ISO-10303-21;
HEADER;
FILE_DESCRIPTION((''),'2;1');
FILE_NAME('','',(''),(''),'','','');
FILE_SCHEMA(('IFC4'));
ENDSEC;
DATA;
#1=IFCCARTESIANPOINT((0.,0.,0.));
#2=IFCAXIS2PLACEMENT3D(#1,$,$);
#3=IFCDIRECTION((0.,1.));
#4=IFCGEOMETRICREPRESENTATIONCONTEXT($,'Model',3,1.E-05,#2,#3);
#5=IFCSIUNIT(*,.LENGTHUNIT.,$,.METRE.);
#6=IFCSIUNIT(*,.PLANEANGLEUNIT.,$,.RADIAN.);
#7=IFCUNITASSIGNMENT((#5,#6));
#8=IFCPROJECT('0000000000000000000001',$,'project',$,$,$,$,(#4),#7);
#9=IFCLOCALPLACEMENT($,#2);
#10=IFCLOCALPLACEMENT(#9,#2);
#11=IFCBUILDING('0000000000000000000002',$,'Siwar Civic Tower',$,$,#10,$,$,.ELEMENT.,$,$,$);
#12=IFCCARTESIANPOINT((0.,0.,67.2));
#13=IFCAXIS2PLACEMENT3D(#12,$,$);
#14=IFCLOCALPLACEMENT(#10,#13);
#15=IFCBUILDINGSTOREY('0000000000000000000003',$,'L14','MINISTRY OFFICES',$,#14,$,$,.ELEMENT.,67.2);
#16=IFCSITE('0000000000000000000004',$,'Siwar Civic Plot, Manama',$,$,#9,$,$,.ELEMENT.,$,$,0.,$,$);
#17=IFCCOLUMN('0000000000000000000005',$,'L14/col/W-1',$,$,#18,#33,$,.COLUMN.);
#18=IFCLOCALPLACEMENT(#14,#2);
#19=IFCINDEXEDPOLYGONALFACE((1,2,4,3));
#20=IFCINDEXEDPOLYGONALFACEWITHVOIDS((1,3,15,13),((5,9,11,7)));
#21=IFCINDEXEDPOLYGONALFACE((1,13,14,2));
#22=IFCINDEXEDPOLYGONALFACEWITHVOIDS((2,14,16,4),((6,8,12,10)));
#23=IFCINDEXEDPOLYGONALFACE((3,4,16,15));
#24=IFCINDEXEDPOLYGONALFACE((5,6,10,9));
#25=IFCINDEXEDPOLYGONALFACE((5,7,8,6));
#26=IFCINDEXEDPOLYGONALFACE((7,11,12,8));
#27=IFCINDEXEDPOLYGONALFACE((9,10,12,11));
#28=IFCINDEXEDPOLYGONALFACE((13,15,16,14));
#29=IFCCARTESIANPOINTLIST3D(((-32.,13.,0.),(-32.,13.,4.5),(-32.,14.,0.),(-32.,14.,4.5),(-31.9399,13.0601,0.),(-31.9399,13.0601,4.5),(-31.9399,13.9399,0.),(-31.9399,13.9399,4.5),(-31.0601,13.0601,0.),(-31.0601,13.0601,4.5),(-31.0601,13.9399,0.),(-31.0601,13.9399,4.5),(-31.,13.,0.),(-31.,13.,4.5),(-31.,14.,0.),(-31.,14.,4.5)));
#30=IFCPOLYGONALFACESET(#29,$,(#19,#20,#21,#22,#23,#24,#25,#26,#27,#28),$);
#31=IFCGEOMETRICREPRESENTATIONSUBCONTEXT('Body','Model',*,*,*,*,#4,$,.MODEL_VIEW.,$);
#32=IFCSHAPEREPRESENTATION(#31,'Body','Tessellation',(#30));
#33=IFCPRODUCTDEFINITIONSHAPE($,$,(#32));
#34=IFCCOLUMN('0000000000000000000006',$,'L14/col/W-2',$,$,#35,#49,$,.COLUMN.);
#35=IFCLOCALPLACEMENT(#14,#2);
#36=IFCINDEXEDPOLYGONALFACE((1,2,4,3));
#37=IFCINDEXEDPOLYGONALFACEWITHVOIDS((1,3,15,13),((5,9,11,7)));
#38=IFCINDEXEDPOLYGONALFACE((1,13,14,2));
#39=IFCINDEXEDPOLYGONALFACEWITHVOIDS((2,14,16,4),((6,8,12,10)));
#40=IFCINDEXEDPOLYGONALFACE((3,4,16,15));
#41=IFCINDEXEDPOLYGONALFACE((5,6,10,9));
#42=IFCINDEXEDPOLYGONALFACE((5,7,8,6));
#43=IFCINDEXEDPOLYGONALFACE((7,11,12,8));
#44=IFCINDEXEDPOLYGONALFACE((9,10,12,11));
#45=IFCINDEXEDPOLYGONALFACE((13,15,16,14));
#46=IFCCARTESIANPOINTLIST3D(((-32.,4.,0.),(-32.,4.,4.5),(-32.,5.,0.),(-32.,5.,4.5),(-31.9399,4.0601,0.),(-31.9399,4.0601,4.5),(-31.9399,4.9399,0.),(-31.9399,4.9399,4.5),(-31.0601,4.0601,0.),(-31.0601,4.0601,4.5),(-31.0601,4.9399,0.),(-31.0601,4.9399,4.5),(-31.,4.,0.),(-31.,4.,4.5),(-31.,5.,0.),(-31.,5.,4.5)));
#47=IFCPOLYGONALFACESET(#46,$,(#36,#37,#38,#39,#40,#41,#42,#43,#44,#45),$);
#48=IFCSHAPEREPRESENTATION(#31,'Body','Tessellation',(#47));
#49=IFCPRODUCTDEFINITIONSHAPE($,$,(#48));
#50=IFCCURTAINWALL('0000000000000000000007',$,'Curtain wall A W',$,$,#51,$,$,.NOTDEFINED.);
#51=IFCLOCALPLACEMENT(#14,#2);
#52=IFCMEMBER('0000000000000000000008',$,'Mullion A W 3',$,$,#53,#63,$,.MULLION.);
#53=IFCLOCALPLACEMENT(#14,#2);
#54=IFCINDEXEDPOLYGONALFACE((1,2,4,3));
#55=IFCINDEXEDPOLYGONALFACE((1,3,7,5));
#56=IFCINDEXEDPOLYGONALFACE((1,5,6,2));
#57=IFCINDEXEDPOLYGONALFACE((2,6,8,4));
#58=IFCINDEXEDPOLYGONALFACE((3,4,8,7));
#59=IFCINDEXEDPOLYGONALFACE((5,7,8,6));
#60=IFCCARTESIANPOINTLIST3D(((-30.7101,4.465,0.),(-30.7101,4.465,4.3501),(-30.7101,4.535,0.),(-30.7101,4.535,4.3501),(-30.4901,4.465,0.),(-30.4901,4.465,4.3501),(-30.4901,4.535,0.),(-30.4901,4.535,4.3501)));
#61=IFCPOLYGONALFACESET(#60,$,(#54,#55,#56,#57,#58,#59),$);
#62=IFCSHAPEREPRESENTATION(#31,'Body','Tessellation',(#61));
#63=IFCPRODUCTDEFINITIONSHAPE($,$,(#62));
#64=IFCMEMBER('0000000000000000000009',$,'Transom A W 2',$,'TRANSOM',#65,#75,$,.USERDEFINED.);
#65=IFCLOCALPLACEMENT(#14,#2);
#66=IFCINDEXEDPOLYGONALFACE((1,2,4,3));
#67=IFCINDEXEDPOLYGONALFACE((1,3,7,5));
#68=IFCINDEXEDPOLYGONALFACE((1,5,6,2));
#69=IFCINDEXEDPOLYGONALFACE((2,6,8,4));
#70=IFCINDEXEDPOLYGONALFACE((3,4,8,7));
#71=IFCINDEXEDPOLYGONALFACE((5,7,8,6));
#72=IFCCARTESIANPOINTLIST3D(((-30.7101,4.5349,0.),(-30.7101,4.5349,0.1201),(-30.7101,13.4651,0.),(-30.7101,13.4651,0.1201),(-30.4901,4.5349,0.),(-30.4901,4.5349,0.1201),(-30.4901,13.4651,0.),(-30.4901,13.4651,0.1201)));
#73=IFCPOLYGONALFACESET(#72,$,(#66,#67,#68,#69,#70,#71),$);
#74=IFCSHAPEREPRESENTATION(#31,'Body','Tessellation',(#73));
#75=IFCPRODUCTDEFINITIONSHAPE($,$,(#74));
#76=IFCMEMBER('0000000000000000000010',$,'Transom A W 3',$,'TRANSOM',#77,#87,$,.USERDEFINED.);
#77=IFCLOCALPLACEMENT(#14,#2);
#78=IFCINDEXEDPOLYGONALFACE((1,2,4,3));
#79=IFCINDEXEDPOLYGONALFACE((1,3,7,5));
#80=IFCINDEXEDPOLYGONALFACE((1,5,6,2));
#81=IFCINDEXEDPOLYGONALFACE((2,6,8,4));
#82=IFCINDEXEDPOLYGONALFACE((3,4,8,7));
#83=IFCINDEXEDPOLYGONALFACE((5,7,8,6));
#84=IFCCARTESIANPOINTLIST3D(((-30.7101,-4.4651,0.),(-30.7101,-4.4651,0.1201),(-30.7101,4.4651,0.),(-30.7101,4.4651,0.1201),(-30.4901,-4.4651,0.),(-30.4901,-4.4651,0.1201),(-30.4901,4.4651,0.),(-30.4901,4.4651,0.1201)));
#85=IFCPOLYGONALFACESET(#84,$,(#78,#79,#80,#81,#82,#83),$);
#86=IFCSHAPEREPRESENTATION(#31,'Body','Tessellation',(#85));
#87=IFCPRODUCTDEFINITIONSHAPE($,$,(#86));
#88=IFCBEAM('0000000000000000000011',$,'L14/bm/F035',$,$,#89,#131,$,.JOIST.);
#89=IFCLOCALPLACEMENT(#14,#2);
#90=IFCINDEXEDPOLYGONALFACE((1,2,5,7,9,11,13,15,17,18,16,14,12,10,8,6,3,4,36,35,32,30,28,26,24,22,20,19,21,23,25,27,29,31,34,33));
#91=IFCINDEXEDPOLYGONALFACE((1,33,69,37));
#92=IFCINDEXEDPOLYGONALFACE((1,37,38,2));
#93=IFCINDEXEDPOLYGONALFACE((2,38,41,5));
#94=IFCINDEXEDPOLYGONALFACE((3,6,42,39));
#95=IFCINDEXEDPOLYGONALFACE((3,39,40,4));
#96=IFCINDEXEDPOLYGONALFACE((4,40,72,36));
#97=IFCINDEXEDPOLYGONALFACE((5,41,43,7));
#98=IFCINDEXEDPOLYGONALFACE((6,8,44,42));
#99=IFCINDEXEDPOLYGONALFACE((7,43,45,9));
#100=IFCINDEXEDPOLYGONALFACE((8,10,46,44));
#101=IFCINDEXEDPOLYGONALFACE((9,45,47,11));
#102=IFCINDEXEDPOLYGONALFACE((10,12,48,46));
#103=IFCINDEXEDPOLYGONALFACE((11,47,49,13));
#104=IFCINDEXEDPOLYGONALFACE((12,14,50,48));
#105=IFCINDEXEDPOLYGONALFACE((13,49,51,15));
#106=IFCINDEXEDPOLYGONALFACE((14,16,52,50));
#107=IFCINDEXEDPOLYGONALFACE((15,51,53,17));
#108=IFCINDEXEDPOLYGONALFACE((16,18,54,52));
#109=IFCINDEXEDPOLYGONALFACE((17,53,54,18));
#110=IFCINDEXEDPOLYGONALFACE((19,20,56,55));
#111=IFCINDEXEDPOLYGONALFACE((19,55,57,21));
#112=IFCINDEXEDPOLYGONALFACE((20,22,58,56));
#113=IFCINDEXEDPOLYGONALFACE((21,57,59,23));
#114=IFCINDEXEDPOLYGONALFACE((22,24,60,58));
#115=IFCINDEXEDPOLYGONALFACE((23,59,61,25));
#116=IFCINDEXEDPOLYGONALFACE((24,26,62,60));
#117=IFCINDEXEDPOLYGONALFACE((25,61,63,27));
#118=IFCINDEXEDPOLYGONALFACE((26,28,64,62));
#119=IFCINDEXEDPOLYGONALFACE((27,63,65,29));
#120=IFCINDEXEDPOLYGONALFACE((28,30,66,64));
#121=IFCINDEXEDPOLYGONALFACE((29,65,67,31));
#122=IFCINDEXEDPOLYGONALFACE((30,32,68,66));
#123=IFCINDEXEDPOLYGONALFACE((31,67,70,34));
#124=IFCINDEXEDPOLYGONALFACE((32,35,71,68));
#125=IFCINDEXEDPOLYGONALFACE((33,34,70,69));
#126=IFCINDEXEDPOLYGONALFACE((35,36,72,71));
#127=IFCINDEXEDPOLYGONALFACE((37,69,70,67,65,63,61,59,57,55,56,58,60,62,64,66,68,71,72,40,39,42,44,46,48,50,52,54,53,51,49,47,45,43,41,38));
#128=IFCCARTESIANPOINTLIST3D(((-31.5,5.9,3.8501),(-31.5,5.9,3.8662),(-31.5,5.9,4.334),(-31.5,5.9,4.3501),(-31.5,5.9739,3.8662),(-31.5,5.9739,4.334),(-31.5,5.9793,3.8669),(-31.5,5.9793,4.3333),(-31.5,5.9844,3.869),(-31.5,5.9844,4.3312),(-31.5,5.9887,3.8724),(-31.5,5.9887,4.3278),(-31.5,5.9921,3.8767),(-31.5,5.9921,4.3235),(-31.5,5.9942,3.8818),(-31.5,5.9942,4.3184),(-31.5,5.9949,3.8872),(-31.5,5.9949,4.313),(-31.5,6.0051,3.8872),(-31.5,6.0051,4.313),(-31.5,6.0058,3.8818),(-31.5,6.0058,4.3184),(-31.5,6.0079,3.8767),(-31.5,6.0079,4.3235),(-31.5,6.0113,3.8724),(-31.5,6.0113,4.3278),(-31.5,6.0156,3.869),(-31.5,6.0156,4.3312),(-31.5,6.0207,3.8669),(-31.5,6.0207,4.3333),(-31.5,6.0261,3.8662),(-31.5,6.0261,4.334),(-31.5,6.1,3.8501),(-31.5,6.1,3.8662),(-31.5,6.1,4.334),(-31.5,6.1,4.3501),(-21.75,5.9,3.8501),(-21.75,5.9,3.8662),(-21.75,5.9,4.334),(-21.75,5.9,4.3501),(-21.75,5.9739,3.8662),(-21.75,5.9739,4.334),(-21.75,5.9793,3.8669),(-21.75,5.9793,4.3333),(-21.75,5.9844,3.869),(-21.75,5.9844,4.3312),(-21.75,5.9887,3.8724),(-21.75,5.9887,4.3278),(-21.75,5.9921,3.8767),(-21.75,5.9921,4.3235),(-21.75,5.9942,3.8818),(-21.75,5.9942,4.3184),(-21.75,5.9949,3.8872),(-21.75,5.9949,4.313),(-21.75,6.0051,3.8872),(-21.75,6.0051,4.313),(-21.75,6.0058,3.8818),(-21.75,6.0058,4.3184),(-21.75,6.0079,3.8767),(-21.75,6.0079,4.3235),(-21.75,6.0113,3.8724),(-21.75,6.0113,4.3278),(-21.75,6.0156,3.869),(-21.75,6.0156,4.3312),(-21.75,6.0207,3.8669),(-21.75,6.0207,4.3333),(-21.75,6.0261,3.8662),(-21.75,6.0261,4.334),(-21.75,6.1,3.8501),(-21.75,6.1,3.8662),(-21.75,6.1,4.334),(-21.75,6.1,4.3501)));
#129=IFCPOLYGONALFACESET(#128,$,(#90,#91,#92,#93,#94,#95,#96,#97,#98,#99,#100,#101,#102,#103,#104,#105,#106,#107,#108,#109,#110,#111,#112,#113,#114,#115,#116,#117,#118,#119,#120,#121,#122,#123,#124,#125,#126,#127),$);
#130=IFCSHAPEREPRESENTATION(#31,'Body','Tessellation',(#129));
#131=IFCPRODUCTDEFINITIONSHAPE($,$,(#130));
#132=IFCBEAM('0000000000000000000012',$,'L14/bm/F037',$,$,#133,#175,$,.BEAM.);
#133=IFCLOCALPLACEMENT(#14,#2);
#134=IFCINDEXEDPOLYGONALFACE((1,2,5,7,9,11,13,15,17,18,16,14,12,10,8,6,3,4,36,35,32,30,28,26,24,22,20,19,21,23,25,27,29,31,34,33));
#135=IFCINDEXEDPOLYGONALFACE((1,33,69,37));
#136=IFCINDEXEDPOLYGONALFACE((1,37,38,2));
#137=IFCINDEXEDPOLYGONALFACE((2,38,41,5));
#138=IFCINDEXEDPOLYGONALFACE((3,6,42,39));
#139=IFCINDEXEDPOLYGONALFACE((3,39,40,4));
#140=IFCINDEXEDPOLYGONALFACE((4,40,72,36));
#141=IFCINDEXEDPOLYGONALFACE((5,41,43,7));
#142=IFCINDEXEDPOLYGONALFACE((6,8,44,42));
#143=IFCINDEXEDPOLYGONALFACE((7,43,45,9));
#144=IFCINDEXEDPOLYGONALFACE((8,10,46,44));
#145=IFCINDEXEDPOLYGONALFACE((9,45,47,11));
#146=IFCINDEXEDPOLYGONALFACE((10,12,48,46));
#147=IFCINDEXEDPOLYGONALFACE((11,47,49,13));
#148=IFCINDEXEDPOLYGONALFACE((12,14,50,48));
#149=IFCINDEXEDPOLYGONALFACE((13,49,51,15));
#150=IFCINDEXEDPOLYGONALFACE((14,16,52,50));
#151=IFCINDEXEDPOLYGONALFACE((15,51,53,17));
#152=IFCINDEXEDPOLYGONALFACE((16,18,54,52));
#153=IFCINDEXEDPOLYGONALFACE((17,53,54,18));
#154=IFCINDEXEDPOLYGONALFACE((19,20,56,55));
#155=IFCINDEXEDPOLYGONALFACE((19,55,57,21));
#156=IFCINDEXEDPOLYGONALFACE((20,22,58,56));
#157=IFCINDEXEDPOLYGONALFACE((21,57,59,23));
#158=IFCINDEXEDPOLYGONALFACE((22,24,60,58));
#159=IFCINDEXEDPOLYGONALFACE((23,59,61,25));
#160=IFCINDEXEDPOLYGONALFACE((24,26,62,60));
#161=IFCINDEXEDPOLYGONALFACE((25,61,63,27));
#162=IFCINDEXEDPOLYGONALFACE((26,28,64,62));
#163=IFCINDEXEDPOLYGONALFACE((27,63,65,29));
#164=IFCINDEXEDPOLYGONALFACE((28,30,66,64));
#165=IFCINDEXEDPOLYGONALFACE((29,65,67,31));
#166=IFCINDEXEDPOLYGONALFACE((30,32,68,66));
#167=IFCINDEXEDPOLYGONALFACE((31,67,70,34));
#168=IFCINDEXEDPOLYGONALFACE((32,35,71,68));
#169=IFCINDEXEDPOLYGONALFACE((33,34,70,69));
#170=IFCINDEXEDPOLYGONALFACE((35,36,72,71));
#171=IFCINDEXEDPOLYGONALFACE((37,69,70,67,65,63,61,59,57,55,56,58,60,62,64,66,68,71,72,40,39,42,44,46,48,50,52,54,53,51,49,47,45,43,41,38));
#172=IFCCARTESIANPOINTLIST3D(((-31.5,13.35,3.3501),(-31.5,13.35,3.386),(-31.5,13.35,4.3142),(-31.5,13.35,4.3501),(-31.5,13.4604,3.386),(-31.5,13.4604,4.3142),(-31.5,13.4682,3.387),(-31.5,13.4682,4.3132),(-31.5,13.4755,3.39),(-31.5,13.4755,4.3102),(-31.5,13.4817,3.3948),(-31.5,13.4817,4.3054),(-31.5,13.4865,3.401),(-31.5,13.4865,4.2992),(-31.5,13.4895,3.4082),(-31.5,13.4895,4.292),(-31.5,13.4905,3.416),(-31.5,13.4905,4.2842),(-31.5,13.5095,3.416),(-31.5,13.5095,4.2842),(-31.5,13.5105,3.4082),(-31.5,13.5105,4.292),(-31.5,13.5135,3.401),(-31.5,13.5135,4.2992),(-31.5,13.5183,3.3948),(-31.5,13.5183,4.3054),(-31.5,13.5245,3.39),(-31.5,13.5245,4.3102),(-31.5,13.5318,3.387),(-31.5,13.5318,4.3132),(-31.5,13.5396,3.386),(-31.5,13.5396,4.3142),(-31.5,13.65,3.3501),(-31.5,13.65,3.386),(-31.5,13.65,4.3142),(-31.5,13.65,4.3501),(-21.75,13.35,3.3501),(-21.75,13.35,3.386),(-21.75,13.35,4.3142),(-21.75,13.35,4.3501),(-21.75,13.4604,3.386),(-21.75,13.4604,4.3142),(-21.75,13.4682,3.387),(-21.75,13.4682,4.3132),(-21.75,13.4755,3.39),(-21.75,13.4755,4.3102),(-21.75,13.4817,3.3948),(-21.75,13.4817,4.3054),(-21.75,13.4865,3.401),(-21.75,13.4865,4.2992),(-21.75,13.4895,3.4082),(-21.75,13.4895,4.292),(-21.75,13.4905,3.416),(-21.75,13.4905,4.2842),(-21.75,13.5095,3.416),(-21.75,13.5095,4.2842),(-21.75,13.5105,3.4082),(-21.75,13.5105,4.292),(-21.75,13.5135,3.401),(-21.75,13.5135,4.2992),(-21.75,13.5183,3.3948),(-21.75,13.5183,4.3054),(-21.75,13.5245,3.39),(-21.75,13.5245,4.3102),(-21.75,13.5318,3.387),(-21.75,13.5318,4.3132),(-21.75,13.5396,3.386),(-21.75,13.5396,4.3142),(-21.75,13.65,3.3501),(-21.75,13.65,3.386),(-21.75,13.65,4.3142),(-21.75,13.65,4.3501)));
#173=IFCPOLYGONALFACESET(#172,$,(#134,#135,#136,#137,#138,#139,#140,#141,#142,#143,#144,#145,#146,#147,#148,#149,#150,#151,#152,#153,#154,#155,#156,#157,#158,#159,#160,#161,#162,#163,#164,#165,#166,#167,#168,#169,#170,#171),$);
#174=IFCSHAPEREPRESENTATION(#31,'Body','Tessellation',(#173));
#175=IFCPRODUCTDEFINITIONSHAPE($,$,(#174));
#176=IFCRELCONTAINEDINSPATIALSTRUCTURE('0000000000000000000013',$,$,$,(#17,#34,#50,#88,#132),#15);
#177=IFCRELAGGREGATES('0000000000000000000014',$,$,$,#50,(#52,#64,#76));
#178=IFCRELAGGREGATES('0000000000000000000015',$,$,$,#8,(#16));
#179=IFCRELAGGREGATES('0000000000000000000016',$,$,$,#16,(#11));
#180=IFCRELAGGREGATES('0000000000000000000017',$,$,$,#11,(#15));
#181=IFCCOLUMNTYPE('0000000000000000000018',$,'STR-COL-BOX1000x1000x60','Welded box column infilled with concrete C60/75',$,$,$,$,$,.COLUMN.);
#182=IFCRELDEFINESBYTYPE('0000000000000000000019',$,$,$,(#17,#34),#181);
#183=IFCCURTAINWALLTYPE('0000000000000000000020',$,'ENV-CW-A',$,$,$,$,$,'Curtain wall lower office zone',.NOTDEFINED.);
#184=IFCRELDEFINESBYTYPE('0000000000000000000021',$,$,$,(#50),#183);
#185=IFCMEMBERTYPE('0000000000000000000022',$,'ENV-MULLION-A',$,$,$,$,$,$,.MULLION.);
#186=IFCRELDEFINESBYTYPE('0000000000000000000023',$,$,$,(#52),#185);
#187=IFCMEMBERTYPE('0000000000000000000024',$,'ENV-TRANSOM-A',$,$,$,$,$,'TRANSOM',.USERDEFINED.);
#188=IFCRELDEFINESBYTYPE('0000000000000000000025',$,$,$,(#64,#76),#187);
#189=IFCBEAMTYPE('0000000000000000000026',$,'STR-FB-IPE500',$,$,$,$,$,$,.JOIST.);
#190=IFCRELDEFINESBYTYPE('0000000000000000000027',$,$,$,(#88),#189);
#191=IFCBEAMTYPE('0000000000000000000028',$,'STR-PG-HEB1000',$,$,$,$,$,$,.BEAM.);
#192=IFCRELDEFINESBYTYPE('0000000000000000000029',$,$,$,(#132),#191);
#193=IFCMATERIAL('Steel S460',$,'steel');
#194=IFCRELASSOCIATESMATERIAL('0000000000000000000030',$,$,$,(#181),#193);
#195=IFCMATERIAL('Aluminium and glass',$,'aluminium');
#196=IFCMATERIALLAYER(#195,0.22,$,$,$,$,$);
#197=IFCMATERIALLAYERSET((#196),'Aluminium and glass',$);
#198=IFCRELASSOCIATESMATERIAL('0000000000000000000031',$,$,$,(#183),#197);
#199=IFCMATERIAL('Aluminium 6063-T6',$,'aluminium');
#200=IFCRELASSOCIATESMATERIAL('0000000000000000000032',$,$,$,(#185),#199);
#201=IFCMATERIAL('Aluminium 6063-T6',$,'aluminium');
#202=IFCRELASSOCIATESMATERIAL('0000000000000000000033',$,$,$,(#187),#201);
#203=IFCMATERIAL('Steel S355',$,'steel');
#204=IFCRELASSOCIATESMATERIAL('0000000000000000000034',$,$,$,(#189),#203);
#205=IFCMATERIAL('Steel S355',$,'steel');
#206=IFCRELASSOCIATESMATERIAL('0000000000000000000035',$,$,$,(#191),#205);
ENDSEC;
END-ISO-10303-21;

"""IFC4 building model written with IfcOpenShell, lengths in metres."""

from ifc_helpers import new_model, si_unit, direction, frame, origin, origin_2d, place, context, subcontext, project, spatial, rectangle, hollow_rectangle, i_section, extrude, material, layer, layer_set, material_profile, profile_set, type_object, element, aggregate, save


model = new_model("IFC4")

# Units and contexts
model_context = context("Model", 3, precision=1e-05, world=origin(), true_north=direction((0.0, 1.0)))
body_context = subcontext(model_context, "Body", "Model", "MODEL_VIEW")
ifc_project = project(units=[si_unit("LENGTHUNIT", "METRE"), si_unit("PLANEANGLEUNIT", "RADIAN")], contexts=[model_context])

# Site, building, storey
site_placement = place(None, origin())
site = spatial("IfcSite", under=ifc_project, at=site_placement, Name="Siwar Civic Plot, Manama", CompositionType="ELEMENT", RefElevation=0.0)
building_placement = place(site_placement, origin())
building = spatial("IfcBuilding", under=site, at=building_placement, Name="Siwar Civic Tower", CompositionType="ELEMENT")
storey_placement = place(building_placement, frame((0.0, 0.0, 67.2)))
storey = spatial("IfcBuildingStorey", under=building, at=storey_placement, Name="L14", Description="MINISTRY OFFICES", CompositionType="ELEMENT", Elevation=67.2)

# Columns
ifc_material_1 = material(Name="Steel S460", Category="steel")
ifc_material_profile_1 = material_profile(ifc_material_1, hollow_rectangle(XDim=1.0, YDim=1.0, WallThickness=0.0601, at=origin_2d()), Name="BOX1000x1000x60")
ifc_profile_set_1 = profile_set([ifc_material_profile_1], Name="Steel S460")
column_type = type_object("IfcColumnType", Name="STR-COL-BOX1000x1000x60", Description="Welded box column infilled with concrete C60/75", PredefinedType="COLUMN", material=ifc_profile_set_1)
for number, where, z_axis, x_axis, name in (
    (1, (-31.5, 13.5, 0.0), (0.0, 0.0, 1.0), (1.0, 0.0, 0.0), "L14/col/W-1"),
    (2, (-31.5, 4.5, 0.0), (0.0, 0.0, 1.0), (1.0, 0.0, 0.0), "L14/col/W-2"),
):
    element("IfcColumn", number, at=place(storey_placement, frame(where, z_axis=z_axis, x_axis=x_axis)), inside=storey, type_object=column_type, Name=name, PredefinedType="COLUMN", context=body_context, shape_type="SweptSolid", body=[
        extrude(hollow_rectangle(XDim=1.0, YDim=1.0, WallThickness=0.0601, at=origin_2d()), origin(), (0.0, 0.0, 1.0), 4.5),
    ])

# Curtain wall, members
ifc_material_2 = material(Name="Aluminium and glass", Category="aluminium")
ifc_layer_1 = layer(ifc_material_2, 0.22)
ifc_layer_set_1 = layer_set([ifc_layer_1], Name="Aluminium and glass")
curtain_wall_type = type_object("IfcCurtainWallType", Name="ENV-CW-A", ElementType="Curtain wall lower office zone", PredefinedType="NOTDEFINED", material=ifc_layer_set_1)
curtain_wall_placement = place(storey_placement, origin())
curtain_wall = element("IfcCurtainWall", 3, at=curtain_wall_placement, inside=storey, type_object=curtain_wall_type, Name="Curtain wall A W", PredefinedType="NOTDEFINED")
ifc_material_3 = material(Name="Aluminium 6063-T6", Category="aluminium")
ifc_material_profile_2 = material_profile(ifc_material_3, rectangle(XDim=0.22, YDim=0.0701, at=origin_2d()), Name="AL 220x70")
ifc_profile_set_2 = profile_set([ifc_material_profile_2], Name="Aluminium 6063-T6")
member_type_1 = type_object("IfcMemberType", Name="ENV-MULLION-A", PredefinedType="MULLION", material=ifc_profile_set_2)
member_1_placement = place(storey_placement, frame((-30.6001, 4.5, 0.0), z_axis=(0.0, 0.0, 1.0), x_axis=(1.0, 0.0, 0.0)))
member_1 = element("IfcMember", 4, at=member_1_placement, type_object=member_type_1, Name="Mullion A W 3", PredefinedType="MULLION", context=body_context, shape_type="SweptSolid", body=[
    extrude(rectangle(XDim=0.22, YDim=0.0701, at=origin_2d()), origin(), (0.0, 0.0, 1.0), 4.3501),
])
ifc_material_4 = material(Name="Aluminium 6063-T6", Category="aluminium")
ifc_material_profile_3 = material_profile(ifc_material_4, rectangle(XDim=0.22, YDim=0.1201, at=origin_2d()), Name="AL 220x120")
ifc_profile_set_3 = profile_set([ifc_material_profile_3], Name="Aluminium 6063-T6")
member_type_2 = type_object("IfcMemberType", Name="ENV-TRANSOM-A", ElementType="TRANSOM", PredefinedType="USERDEFINED", material=ifc_profile_set_3)
member_2_placement = place(storey_placement, frame((-30.6001, 13.4651, 0.0601), z_axis=(0.0, -1.0, 0.0), x_axis=(1.0, 0.0, 0.0)))
member_2 = element("IfcMember", 5, at=member_2_placement, type_object=member_type_2, Name="Transom A W 2", ObjectType="TRANSOM", PredefinedType="USERDEFINED", context=body_context, shape_type="SweptSolid", body=[
    extrude(rectangle(XDim=0.22, YDim=0.1201, at=origin_2d()), origin(), (0.0, 0.0, 1.0), 8.9302),
])
member_3_placement = place(storey_placement, frame((-30.6001, 4.4651, 0.0601), z_axis=(0.0, -1.0, 0.0), x_axis=(1.0, 0.0, 0.0)))
member_3 = element("IfcMember", 6, at=member_3_placement, type_object=member_type_2, Name="Transom A W 3", ObjectType="TRANSOM", PredefinedType="USERDEFINED", context=body_context, shape_type="SweptSolid", body=[
    extrude(rectangle(XDim=0.22, YDim=0.1201, at=origin_2d()), origin(), (0.0, 0.0, 1.0), 8.9302),
])

# Beams
ifc_material_5 = material(Name="Steel S355", Category="steel")
ifc_material_profile_4 = material_profile(ifc_material_5, i_section(OverallWidth=0.2, OverallDepth=0.5, WebThickness=0.0103, FlangeThickness=0.0161, FilletRadius=0.021, at=origin_2d()), Name="IPE500")
ifc_profile_set_4 = profile_set([ifc_material_profile_4], Name="Steel S355")
beam_type_1 = type_object("IfcBeamType", Name="STR-FB-IPE500", PredefinedType="JOIST", material=ifc_profile_set_4)
beam_1_placement = place(storey_placement, frame((-31.5, 6.0, 4.1001), z_axis=(1.0, 0.0, 0.0), x_axis=(0.0, 1.0, 0.0)))
element("IfcBeam", 7, at=beam_1_placement, inside=storey, type_object=beam_type_1, Name="L14/bm/F035", PredefinedType="JOIST", context=body_context, shape_type="SweptSolid", body=[
    extrude(i_section(OverallWidth=0.2, OverallDepth=0.5, WebThickness=0.0103, FlangeThickness=0.0161, FilletRadius=0.021, at=origin_2d()), origin(), (0.0, 0.0, 1.0), 9.75),
])
ifc_material_6 = material(Name="Steel S355", Category="steel")
ifc_material_profile_5 = material_profile(ifc_material_6, i_section(OverallWidth=0.3, OverallDepth=1.0, WebThickness=0.019, FlangeThickness=0.0359, FilletRadius=0.03, at=origin_2d()), Name="HEB1000")
ifc_profile_set_5 = profile_set([ifc_material_profile_5], Name="Steel S355")
beam_type_2 = type_object("IfcBeamType", Name="STR-PG-HEB1000", PredefinedType="BEAM", material=ifc_profile_set_5)
beam_2_placement = place(storey_placement, frame((-31.5, 13.5, 3.8501), z_axis=(1.0, 0.0, 0.0), x_axis=(0.0, 1.0, 0.0)))
element("IfcBeam", 8, at=beam_2_placement, inside=storey, type_object=beam_type_2, Name="L14/bm/F037", PredefinedType="BEAM", context=body_context, shape_type="SweptSolid", body=[
    extrude(i_section(OverallWidth=0.3, OverallDepth=1.0, WebThickness=0.019, FlangeThickness=0.0359, FilletRadius=0.03, at=origin_2d()), origin(), (0.0, 0.0, 1.0), 9.75),
])

aggregate(curtain_wall, [member_1, member_2, member_3])

save(model, "model.ifc")
